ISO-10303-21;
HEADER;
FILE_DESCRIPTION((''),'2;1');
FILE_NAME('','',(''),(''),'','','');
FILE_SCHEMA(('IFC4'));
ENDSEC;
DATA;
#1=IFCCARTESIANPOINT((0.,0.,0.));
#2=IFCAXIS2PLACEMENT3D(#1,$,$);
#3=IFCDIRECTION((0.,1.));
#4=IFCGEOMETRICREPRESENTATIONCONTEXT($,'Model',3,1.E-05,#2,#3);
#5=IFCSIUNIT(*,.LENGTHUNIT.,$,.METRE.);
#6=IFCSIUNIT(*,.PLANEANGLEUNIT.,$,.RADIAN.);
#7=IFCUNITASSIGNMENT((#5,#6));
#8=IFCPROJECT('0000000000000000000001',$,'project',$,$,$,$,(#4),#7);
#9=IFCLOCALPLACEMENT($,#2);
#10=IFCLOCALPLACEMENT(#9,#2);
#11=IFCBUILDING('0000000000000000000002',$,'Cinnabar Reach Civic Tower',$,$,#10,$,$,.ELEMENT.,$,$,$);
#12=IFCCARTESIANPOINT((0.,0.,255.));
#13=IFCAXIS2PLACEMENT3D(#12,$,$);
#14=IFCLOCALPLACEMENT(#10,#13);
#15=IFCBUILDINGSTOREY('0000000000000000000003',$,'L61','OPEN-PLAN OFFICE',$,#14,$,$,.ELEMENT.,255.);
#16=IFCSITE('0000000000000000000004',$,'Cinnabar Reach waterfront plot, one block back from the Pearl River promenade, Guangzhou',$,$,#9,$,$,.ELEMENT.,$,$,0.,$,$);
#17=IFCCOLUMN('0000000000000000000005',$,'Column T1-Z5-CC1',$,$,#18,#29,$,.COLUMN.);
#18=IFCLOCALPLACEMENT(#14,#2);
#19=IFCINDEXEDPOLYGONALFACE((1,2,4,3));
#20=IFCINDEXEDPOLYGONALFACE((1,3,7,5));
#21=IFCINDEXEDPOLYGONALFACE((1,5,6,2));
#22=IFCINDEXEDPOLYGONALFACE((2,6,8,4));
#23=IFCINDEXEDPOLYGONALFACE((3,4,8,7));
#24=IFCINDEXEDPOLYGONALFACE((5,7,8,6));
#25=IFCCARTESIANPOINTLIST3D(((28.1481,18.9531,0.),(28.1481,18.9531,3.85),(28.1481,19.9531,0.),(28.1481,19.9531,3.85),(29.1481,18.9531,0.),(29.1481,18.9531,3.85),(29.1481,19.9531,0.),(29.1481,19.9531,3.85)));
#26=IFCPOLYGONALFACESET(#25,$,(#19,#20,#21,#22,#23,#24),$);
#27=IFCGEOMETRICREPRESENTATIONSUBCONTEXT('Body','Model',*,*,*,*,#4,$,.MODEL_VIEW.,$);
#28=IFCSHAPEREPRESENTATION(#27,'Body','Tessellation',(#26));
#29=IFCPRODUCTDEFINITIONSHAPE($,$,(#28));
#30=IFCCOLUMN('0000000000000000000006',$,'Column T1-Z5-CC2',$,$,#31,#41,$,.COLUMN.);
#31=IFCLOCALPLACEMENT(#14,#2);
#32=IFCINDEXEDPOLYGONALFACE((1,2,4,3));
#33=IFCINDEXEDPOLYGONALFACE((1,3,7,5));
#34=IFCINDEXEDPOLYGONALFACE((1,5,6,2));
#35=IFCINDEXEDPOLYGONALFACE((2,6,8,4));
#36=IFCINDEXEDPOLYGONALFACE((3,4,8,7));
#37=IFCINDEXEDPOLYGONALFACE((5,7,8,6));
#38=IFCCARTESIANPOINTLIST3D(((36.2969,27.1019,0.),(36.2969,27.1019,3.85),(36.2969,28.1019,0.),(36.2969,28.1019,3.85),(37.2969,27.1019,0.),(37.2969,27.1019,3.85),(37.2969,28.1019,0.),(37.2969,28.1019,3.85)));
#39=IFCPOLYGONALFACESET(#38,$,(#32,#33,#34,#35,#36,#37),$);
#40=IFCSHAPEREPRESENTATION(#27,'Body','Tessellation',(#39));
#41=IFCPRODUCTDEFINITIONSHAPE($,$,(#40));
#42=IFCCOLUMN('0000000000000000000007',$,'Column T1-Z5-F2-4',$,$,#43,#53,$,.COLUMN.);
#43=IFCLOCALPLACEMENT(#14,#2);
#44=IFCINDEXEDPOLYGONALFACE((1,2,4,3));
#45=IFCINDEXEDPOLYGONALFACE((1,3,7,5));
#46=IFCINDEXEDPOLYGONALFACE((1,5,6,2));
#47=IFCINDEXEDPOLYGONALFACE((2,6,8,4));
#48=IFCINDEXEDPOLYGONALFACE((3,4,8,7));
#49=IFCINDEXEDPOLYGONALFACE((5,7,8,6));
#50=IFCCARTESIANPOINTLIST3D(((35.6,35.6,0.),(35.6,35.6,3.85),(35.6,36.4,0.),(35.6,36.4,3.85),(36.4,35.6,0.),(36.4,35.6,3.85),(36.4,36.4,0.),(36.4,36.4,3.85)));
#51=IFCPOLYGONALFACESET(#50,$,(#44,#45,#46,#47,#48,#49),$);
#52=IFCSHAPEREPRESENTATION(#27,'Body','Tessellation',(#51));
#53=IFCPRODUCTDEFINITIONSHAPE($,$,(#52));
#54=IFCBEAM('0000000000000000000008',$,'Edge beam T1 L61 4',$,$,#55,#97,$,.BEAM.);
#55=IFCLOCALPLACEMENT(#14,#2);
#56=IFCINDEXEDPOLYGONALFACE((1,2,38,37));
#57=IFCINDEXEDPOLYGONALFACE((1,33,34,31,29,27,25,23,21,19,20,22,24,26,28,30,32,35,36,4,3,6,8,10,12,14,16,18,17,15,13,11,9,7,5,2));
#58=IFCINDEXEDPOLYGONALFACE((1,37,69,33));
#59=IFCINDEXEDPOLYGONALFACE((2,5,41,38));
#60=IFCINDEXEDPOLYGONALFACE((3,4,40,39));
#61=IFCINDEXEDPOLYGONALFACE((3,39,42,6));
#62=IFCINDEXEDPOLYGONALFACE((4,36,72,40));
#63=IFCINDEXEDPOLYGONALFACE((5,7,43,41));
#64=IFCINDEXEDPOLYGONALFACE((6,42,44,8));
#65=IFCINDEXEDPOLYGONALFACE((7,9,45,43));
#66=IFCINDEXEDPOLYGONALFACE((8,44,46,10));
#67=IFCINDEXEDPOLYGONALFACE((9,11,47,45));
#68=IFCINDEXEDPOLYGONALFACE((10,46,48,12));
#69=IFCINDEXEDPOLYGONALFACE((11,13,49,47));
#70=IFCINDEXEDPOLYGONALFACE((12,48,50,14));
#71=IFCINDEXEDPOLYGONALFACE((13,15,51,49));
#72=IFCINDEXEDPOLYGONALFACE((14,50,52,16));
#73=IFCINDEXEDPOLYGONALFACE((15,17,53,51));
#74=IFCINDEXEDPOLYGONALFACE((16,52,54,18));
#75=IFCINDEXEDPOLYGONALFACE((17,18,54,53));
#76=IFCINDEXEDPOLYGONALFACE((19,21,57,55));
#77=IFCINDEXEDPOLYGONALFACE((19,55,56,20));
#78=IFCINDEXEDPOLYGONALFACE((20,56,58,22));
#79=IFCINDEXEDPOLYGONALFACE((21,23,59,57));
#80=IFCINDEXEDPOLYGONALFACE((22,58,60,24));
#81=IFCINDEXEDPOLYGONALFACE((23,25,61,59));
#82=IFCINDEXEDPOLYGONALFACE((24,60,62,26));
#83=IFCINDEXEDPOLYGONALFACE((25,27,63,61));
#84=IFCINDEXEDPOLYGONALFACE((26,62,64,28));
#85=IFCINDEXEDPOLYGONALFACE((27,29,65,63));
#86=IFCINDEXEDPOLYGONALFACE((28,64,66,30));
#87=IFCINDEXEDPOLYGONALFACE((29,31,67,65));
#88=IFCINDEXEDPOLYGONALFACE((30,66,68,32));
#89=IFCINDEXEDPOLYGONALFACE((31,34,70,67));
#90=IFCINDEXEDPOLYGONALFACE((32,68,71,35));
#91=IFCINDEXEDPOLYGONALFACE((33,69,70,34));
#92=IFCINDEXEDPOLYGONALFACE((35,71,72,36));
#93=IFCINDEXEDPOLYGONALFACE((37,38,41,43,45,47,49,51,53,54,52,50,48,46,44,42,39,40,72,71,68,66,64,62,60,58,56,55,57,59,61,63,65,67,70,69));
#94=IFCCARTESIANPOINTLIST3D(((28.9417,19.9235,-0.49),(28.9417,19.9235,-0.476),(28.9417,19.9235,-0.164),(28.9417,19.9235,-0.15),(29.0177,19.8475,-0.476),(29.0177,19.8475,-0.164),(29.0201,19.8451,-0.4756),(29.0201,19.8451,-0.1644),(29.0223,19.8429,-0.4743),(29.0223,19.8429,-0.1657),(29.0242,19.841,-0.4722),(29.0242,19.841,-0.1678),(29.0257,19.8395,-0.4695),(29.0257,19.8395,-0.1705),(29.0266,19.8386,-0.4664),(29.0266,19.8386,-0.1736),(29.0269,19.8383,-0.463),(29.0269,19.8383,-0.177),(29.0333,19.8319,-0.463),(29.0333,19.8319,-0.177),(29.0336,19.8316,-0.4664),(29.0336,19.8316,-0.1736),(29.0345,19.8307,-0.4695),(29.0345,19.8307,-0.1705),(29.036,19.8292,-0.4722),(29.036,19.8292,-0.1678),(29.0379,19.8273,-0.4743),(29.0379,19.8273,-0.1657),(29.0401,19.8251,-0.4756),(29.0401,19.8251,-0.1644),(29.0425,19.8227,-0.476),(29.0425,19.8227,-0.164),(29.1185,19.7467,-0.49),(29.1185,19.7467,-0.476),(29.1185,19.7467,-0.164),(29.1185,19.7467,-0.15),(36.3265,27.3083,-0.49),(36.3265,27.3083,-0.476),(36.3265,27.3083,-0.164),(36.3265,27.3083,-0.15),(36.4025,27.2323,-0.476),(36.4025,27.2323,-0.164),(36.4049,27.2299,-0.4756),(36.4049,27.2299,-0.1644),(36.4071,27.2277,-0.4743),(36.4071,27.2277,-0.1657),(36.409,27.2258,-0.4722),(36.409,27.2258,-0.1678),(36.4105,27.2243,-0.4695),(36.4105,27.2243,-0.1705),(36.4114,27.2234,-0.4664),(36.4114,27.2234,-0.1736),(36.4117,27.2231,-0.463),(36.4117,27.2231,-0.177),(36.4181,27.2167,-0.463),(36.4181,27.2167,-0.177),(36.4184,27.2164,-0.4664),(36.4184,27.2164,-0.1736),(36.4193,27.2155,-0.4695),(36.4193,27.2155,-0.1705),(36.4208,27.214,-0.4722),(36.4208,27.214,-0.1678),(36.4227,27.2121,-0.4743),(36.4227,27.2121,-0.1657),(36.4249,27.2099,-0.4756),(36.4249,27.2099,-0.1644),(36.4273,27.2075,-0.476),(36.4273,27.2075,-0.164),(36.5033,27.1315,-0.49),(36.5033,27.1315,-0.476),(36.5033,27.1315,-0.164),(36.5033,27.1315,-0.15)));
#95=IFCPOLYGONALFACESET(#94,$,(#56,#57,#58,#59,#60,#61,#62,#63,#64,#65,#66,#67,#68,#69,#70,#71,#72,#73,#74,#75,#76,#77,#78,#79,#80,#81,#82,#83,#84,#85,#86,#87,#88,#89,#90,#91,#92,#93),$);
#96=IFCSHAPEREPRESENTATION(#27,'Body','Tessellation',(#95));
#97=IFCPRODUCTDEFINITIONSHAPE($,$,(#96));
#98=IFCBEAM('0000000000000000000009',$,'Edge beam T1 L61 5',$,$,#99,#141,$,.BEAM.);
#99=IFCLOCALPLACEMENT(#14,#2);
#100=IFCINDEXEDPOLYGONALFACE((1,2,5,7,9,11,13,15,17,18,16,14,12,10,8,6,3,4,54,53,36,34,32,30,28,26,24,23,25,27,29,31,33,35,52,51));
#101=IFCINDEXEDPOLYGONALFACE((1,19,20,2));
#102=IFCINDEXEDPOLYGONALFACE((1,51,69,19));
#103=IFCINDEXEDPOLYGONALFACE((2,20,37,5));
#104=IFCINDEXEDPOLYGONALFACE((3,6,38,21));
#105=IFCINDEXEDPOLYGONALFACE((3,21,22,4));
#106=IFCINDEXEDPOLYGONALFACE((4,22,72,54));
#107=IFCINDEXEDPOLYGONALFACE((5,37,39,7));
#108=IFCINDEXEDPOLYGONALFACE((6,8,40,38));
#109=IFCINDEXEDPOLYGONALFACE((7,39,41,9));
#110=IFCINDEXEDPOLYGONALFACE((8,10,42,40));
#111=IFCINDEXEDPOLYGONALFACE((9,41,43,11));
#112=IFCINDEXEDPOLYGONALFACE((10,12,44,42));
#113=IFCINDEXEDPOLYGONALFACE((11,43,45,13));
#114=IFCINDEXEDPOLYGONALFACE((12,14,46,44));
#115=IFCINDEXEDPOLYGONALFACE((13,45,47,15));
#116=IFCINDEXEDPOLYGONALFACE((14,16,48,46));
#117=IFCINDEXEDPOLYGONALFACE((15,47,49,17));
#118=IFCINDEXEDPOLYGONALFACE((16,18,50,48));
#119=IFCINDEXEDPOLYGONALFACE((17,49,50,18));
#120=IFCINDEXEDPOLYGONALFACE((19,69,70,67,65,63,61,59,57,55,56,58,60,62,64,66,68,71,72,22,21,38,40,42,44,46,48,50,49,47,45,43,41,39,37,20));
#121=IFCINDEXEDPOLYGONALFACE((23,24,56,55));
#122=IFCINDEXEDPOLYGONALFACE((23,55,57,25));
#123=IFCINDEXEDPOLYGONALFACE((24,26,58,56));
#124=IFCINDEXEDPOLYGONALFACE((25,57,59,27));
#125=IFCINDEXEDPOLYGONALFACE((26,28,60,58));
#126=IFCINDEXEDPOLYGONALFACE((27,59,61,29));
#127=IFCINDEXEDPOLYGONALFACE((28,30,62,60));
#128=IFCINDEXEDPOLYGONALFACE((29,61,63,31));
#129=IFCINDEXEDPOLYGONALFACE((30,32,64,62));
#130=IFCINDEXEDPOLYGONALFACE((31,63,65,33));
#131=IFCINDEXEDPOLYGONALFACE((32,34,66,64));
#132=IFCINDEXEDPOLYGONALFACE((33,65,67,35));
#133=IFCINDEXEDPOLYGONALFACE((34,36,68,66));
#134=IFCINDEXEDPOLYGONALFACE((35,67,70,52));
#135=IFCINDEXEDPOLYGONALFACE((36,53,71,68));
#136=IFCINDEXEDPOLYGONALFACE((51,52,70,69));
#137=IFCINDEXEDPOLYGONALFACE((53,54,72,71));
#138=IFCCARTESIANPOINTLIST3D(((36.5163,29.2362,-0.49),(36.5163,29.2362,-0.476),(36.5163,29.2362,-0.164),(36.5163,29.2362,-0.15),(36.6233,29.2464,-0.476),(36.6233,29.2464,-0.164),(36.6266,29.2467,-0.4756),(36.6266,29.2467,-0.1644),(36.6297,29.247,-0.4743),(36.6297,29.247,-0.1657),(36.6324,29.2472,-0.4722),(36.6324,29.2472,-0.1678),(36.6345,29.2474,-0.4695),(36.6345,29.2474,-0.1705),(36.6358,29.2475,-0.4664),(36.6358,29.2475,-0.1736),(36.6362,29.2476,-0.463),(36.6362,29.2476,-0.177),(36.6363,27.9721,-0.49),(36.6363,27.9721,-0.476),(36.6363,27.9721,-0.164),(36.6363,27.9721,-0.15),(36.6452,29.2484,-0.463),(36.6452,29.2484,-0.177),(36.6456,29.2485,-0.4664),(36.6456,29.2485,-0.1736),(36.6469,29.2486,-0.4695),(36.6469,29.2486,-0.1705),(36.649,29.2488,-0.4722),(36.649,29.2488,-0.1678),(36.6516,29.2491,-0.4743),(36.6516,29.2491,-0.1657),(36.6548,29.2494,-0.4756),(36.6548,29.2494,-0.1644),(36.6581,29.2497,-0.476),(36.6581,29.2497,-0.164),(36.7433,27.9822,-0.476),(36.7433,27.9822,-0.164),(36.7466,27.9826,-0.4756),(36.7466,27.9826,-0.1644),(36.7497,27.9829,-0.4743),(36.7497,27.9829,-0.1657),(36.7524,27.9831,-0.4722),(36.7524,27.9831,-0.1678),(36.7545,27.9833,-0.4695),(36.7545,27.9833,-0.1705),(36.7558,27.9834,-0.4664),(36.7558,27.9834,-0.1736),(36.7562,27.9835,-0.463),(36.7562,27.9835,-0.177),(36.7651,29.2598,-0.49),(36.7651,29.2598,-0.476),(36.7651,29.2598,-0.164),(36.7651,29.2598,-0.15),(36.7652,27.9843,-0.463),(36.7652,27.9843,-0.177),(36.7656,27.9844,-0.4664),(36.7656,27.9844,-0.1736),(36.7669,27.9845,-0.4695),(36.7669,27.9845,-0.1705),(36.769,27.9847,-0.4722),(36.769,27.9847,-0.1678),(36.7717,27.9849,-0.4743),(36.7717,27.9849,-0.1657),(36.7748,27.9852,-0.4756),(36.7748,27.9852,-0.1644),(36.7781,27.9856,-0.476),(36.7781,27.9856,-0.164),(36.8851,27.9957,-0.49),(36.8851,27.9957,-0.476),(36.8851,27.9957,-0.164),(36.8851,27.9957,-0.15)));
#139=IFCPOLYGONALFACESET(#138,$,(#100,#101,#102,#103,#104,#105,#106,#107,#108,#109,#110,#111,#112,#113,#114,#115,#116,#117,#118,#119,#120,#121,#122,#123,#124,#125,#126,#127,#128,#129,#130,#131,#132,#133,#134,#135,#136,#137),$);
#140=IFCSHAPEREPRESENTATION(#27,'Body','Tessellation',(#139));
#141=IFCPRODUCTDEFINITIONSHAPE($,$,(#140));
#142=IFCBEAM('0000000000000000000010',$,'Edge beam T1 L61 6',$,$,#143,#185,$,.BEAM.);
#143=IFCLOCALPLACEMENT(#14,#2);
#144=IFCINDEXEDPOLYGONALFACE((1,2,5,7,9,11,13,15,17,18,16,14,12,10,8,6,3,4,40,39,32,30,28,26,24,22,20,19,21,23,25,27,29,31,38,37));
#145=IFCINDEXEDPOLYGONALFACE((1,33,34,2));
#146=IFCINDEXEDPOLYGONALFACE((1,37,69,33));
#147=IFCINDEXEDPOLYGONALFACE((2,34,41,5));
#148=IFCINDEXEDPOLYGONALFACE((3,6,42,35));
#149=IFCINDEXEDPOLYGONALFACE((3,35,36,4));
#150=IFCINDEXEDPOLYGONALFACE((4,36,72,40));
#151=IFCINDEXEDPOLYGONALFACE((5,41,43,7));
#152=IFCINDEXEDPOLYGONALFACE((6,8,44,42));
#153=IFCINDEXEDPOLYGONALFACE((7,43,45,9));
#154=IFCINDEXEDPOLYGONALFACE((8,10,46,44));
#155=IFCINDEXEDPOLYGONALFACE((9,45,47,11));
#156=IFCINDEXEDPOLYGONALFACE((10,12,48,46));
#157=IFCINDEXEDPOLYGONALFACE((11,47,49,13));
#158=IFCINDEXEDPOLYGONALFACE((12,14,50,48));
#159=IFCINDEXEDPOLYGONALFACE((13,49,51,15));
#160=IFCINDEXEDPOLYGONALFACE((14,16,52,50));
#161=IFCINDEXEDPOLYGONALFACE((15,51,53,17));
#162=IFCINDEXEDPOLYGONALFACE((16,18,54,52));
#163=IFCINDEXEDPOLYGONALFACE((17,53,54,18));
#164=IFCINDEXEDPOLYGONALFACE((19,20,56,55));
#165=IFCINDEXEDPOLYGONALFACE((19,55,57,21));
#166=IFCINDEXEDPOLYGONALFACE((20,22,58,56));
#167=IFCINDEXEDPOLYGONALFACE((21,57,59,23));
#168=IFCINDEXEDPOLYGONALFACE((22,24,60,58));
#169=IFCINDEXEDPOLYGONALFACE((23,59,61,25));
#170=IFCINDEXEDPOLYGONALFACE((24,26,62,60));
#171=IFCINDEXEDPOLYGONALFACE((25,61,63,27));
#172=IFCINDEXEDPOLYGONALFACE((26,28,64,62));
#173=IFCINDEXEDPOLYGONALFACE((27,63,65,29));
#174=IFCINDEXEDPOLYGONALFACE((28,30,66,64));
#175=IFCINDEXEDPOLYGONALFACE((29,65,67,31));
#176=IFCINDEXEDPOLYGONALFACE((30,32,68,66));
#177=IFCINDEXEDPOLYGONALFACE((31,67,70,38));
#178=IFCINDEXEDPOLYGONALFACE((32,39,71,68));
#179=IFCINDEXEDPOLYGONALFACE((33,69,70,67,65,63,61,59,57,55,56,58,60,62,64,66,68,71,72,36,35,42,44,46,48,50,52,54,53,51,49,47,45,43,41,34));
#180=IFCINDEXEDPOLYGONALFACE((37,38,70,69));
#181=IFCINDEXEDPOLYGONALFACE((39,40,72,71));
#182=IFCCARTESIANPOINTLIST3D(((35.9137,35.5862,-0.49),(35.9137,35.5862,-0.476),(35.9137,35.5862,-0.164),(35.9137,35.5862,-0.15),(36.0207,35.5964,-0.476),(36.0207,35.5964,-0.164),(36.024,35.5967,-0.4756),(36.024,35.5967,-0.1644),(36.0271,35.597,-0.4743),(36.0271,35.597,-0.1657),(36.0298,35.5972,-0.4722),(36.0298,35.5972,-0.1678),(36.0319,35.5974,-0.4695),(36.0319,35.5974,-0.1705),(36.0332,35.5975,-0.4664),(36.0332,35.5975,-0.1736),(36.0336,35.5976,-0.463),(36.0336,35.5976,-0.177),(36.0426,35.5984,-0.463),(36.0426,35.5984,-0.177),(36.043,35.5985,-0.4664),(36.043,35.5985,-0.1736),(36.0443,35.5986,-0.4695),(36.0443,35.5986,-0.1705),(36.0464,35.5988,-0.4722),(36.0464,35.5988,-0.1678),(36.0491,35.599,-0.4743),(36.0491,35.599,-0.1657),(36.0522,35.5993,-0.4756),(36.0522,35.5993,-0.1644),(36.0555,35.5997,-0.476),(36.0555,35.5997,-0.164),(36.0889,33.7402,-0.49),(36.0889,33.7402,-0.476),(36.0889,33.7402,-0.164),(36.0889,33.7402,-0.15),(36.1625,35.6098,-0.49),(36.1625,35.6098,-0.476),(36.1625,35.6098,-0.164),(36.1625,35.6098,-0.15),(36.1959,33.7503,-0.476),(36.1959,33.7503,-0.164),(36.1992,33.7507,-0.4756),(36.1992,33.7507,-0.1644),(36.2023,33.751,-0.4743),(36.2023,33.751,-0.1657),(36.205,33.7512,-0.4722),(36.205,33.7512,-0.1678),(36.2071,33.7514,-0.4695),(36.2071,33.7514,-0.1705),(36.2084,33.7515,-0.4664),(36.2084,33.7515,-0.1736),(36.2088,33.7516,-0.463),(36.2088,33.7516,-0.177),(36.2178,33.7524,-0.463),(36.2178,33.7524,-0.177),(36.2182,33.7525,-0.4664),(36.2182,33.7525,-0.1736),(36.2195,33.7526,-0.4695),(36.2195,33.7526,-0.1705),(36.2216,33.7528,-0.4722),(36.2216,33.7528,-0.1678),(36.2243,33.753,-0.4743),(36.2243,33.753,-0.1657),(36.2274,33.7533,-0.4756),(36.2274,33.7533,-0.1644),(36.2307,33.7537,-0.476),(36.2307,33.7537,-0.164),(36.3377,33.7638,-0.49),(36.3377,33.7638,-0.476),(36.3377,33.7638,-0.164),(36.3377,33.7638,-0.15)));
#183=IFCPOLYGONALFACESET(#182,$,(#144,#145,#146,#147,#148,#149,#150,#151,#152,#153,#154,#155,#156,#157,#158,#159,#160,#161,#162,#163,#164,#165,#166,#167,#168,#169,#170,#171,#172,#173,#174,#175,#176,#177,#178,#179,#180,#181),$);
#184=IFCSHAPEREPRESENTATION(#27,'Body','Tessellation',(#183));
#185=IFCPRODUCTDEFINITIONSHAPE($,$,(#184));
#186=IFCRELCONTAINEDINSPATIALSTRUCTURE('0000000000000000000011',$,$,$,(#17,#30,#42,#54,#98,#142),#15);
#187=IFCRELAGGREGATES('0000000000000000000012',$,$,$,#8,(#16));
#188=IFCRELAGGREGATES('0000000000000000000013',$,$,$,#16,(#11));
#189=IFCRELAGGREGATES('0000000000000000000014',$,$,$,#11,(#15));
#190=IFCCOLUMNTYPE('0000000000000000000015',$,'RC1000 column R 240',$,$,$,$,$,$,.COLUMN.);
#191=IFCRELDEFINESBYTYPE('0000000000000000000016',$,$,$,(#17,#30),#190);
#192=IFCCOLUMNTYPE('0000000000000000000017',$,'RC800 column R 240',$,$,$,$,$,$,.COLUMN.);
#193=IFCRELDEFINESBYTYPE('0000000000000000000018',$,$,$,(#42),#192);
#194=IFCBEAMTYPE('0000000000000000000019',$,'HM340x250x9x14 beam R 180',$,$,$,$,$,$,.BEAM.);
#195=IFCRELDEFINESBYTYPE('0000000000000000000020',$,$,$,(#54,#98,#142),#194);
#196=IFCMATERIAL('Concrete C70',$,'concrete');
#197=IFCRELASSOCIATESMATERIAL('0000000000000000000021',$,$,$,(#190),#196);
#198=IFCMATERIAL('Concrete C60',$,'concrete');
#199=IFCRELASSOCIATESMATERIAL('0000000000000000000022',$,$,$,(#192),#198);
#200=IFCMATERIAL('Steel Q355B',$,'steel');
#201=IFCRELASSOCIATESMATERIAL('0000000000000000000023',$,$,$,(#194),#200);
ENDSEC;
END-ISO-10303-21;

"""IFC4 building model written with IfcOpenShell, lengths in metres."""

from ifc_helpers import new_model, si_unit, direction, frame, origin, origin_2d, place, context, subcontext, project, spatial, rectangle, i_section, extrude, material, material_profile, profile_set, type_object, element, save


model = new_model("IFC4")

# Units and contexts
model_context = context("Model", 3, precision=1e-05, world=origin(), true_north=direction((0.0, 1.0)))
body_context = subcontext(model_context, "Body", "Model", "MODEL_VIEW")
ifc_project = project(units=[si_unit("LENGTHUNIT", "METRE"), si_unit("PLANEANGLEUNIT", "RADIAN")], contexts=[model_context])

# Site, building, storey
site_placement = place(None, origin())
site = spatial("IfcSite", under=ifc_project, at=site_placement, Name="Cinnabar Reach waterfront plot, one block back from the Pearl River promenade, Guangzhou", CompositionType="ELEMENT", RefElevation=0.0)
building_placement = place(site_placement, origin())
building = spatial("IfcBuilding", under=site, at=building_placement, Name="Cinnabar Reach Civic Tower", CompositionType="ELEMENT")
storey_placement = place(building_placement, frame((0.0, 0.0, 255.0)))
storey = spatial("IfcBuildingStorey", under=building, at=storey_placement, Name="L61", Description="OPEN-PLAN OFFICE", CompositionType="ELEMENT", Elevation=255.0)

# Columns
ifc_material_1 = material(Name="Concrete C70", Category="concrete")
ifc_material_profile_1 = material_profile(ifc_material_1, rectangle(XDim=1.0, YDim=1.0, at=origin_2d()), Name="RC1000")
ifc_profile_set_1 = profile_set([ifc_material_profile_1], Name="Concrete C70")
column_type_1 = type_object("IfcColumnType", Name="RC1000 column R 240", PredefinedType="COLUMN", material=ifc_profile_set_1)
for number, where, z_axis, x_axis, name in (
    (1, (28.6481, 19.4531, 0.0), (0.0, 0.0, 1.0), (1.0, 0.0, 0.0), "Column T1-Z5-CC1"),
    (2, (36.7969, 27.6019, 0.0), (0.0, 0.0, 1.0), (1.0, 0.0, 0.0), "Column T1-Z5-CC2"),
):
    element("IfcColumn", number, at=place(storey_placement, frame(where, z_axis=z_axis, x_axis=x_axis)), inside=storey, type_object=column_type_1, Name=name, PredefinedType="COLUMN", context=body_context, shape_type="SweptSolid", body=[
        extrude(rectangle(XDim=1.0, YDim=1.0, at=origin_2d()), origin(), (0.0, 0.0, 1.0), 3.85),
    ])
ifc_material_2 = material(Name="Concrete C60", Category="concrete")
ifc_material_profile_2 = material_profile(ifc_material_2, rectangle(XDim=0.8, YDim=0.8, at=origin_2d()), Name="RC800")
ifc_profile_set_2 = profile_set([ifc_material_profile_2], Name="Concrete C60")
column_type_2 = type_object("IfcColumnType", Name="RC800 column R 240", PredefinedType="COLUMN", material=ifc_profile_set_2)
column_placement = place(storey_placement, frame((36.0, 36.0, 0.0), z_axis=(0.0, 0.0, 1.0), x_axis=(1.0, 0.0, 0.0)))
element("IfcColumn", 3, at=column_placement, inside=storey, type_object=column_type_2, Name="Column T1-Z5-F2-4", PredefinedType="COLUMN", context=body_context, shape_type="SweptSolid", body=[
    extrude(rectangle(XDim=0.8, YDim=0.8, at=origin_2d()), origin(), (0.0, 0.0, 1.0), 3.85),
])

# Beams
ifc_material_3 = material(Name="Steel Q355B", Category="steel")
ifc_material_profile_3 = material_profile(ifc_material_3, i_section(OverallWidth=0.25, OverallDepth=0.34, WebThickness=0.009, FlangeThickness=0.014, FilletRadius=0.013, at=origin_2d()), Name="HM340x250x9x14")
ifc_profile_set_3 = profile_set([ifc_material_profile_3], Name="Steel Q355B")
beam_type_1 = type_object("IfcBeamType", Name="HM340x250x9x14 beam R 180", PredefinedType="BEAM", material=ifc_profile_set_3)
beam_1_placement = place(storey_placement, frame((29.0301, 19.8351, -0.32), z_axis=(0.707107, 0.707107, 0.0), x_axis=(-0.707107, 0.707107, 0.0)))
element("IfcBeam", 4, at=beam_1_placement, inside=storey, type_object=beam_type_1, Name="Edge beam T1 L61 4", PredefinedType="BEAM", context=body_context, shape_type="SweptSolid", body=[
    extrude(i_section(OverallWidth=0.25, OverallDepth=0.34, WebThickness=0.009, FlangeThickness=0.014, FilletRadius=0.013, at=origin_2d()), origin(), (0.0, 0.0, 1.0), 10.4437),
])
beam_2_placement = place(storey_placement, frame((36.7607, 27.9839, -0.32), z_axis=(-0.094504, 0.995524, 0.0), x_axis=(-0.995524, -0.094504, 0.0)))
element("IfcBeam", 5, at=beam_2_placement, inside=storey, type_object=beam_type_1, Name="Edge beam T1 L61 5", PredefinedType="BEAM", context=body_context, shape_type="SweptSolid", body=[
    extrude(i_section(OverallWidth=0.25, OverallDepth=0.34, WebThickness=0.009, FlangeThickness=0.014, FilletRadius=0.013, at=origin_2d()), origin(), (0.0, 0.0, 1.0), 1.2698),
])
beam_3_placement = place(storey_placement, frame((36.2133, 33.752, -0.32), z_axis=(-0.094483, 0.995526, 0.0), x_axis=(-0.995526, -0.094483, 0.0)))
element("IfcBeam", 6, at=beam_3_placement, inside=storey, type_object=beam_type_1, Name="Edge beam T1 L61 6", PredefinedType="BEAM", context=body_context, shape_type="SweptSolid", body=[
    extrude(i_section(OverallWidth=0.25, OverallDepth=0.34, WebThickness=0.009, FlangeThickness=0.014, FilletRadius=0.013, at=origin_2d()), origin(), (0.0, 0.0, 1.0), 1.8543),
])

save(model, "model.ifc")
